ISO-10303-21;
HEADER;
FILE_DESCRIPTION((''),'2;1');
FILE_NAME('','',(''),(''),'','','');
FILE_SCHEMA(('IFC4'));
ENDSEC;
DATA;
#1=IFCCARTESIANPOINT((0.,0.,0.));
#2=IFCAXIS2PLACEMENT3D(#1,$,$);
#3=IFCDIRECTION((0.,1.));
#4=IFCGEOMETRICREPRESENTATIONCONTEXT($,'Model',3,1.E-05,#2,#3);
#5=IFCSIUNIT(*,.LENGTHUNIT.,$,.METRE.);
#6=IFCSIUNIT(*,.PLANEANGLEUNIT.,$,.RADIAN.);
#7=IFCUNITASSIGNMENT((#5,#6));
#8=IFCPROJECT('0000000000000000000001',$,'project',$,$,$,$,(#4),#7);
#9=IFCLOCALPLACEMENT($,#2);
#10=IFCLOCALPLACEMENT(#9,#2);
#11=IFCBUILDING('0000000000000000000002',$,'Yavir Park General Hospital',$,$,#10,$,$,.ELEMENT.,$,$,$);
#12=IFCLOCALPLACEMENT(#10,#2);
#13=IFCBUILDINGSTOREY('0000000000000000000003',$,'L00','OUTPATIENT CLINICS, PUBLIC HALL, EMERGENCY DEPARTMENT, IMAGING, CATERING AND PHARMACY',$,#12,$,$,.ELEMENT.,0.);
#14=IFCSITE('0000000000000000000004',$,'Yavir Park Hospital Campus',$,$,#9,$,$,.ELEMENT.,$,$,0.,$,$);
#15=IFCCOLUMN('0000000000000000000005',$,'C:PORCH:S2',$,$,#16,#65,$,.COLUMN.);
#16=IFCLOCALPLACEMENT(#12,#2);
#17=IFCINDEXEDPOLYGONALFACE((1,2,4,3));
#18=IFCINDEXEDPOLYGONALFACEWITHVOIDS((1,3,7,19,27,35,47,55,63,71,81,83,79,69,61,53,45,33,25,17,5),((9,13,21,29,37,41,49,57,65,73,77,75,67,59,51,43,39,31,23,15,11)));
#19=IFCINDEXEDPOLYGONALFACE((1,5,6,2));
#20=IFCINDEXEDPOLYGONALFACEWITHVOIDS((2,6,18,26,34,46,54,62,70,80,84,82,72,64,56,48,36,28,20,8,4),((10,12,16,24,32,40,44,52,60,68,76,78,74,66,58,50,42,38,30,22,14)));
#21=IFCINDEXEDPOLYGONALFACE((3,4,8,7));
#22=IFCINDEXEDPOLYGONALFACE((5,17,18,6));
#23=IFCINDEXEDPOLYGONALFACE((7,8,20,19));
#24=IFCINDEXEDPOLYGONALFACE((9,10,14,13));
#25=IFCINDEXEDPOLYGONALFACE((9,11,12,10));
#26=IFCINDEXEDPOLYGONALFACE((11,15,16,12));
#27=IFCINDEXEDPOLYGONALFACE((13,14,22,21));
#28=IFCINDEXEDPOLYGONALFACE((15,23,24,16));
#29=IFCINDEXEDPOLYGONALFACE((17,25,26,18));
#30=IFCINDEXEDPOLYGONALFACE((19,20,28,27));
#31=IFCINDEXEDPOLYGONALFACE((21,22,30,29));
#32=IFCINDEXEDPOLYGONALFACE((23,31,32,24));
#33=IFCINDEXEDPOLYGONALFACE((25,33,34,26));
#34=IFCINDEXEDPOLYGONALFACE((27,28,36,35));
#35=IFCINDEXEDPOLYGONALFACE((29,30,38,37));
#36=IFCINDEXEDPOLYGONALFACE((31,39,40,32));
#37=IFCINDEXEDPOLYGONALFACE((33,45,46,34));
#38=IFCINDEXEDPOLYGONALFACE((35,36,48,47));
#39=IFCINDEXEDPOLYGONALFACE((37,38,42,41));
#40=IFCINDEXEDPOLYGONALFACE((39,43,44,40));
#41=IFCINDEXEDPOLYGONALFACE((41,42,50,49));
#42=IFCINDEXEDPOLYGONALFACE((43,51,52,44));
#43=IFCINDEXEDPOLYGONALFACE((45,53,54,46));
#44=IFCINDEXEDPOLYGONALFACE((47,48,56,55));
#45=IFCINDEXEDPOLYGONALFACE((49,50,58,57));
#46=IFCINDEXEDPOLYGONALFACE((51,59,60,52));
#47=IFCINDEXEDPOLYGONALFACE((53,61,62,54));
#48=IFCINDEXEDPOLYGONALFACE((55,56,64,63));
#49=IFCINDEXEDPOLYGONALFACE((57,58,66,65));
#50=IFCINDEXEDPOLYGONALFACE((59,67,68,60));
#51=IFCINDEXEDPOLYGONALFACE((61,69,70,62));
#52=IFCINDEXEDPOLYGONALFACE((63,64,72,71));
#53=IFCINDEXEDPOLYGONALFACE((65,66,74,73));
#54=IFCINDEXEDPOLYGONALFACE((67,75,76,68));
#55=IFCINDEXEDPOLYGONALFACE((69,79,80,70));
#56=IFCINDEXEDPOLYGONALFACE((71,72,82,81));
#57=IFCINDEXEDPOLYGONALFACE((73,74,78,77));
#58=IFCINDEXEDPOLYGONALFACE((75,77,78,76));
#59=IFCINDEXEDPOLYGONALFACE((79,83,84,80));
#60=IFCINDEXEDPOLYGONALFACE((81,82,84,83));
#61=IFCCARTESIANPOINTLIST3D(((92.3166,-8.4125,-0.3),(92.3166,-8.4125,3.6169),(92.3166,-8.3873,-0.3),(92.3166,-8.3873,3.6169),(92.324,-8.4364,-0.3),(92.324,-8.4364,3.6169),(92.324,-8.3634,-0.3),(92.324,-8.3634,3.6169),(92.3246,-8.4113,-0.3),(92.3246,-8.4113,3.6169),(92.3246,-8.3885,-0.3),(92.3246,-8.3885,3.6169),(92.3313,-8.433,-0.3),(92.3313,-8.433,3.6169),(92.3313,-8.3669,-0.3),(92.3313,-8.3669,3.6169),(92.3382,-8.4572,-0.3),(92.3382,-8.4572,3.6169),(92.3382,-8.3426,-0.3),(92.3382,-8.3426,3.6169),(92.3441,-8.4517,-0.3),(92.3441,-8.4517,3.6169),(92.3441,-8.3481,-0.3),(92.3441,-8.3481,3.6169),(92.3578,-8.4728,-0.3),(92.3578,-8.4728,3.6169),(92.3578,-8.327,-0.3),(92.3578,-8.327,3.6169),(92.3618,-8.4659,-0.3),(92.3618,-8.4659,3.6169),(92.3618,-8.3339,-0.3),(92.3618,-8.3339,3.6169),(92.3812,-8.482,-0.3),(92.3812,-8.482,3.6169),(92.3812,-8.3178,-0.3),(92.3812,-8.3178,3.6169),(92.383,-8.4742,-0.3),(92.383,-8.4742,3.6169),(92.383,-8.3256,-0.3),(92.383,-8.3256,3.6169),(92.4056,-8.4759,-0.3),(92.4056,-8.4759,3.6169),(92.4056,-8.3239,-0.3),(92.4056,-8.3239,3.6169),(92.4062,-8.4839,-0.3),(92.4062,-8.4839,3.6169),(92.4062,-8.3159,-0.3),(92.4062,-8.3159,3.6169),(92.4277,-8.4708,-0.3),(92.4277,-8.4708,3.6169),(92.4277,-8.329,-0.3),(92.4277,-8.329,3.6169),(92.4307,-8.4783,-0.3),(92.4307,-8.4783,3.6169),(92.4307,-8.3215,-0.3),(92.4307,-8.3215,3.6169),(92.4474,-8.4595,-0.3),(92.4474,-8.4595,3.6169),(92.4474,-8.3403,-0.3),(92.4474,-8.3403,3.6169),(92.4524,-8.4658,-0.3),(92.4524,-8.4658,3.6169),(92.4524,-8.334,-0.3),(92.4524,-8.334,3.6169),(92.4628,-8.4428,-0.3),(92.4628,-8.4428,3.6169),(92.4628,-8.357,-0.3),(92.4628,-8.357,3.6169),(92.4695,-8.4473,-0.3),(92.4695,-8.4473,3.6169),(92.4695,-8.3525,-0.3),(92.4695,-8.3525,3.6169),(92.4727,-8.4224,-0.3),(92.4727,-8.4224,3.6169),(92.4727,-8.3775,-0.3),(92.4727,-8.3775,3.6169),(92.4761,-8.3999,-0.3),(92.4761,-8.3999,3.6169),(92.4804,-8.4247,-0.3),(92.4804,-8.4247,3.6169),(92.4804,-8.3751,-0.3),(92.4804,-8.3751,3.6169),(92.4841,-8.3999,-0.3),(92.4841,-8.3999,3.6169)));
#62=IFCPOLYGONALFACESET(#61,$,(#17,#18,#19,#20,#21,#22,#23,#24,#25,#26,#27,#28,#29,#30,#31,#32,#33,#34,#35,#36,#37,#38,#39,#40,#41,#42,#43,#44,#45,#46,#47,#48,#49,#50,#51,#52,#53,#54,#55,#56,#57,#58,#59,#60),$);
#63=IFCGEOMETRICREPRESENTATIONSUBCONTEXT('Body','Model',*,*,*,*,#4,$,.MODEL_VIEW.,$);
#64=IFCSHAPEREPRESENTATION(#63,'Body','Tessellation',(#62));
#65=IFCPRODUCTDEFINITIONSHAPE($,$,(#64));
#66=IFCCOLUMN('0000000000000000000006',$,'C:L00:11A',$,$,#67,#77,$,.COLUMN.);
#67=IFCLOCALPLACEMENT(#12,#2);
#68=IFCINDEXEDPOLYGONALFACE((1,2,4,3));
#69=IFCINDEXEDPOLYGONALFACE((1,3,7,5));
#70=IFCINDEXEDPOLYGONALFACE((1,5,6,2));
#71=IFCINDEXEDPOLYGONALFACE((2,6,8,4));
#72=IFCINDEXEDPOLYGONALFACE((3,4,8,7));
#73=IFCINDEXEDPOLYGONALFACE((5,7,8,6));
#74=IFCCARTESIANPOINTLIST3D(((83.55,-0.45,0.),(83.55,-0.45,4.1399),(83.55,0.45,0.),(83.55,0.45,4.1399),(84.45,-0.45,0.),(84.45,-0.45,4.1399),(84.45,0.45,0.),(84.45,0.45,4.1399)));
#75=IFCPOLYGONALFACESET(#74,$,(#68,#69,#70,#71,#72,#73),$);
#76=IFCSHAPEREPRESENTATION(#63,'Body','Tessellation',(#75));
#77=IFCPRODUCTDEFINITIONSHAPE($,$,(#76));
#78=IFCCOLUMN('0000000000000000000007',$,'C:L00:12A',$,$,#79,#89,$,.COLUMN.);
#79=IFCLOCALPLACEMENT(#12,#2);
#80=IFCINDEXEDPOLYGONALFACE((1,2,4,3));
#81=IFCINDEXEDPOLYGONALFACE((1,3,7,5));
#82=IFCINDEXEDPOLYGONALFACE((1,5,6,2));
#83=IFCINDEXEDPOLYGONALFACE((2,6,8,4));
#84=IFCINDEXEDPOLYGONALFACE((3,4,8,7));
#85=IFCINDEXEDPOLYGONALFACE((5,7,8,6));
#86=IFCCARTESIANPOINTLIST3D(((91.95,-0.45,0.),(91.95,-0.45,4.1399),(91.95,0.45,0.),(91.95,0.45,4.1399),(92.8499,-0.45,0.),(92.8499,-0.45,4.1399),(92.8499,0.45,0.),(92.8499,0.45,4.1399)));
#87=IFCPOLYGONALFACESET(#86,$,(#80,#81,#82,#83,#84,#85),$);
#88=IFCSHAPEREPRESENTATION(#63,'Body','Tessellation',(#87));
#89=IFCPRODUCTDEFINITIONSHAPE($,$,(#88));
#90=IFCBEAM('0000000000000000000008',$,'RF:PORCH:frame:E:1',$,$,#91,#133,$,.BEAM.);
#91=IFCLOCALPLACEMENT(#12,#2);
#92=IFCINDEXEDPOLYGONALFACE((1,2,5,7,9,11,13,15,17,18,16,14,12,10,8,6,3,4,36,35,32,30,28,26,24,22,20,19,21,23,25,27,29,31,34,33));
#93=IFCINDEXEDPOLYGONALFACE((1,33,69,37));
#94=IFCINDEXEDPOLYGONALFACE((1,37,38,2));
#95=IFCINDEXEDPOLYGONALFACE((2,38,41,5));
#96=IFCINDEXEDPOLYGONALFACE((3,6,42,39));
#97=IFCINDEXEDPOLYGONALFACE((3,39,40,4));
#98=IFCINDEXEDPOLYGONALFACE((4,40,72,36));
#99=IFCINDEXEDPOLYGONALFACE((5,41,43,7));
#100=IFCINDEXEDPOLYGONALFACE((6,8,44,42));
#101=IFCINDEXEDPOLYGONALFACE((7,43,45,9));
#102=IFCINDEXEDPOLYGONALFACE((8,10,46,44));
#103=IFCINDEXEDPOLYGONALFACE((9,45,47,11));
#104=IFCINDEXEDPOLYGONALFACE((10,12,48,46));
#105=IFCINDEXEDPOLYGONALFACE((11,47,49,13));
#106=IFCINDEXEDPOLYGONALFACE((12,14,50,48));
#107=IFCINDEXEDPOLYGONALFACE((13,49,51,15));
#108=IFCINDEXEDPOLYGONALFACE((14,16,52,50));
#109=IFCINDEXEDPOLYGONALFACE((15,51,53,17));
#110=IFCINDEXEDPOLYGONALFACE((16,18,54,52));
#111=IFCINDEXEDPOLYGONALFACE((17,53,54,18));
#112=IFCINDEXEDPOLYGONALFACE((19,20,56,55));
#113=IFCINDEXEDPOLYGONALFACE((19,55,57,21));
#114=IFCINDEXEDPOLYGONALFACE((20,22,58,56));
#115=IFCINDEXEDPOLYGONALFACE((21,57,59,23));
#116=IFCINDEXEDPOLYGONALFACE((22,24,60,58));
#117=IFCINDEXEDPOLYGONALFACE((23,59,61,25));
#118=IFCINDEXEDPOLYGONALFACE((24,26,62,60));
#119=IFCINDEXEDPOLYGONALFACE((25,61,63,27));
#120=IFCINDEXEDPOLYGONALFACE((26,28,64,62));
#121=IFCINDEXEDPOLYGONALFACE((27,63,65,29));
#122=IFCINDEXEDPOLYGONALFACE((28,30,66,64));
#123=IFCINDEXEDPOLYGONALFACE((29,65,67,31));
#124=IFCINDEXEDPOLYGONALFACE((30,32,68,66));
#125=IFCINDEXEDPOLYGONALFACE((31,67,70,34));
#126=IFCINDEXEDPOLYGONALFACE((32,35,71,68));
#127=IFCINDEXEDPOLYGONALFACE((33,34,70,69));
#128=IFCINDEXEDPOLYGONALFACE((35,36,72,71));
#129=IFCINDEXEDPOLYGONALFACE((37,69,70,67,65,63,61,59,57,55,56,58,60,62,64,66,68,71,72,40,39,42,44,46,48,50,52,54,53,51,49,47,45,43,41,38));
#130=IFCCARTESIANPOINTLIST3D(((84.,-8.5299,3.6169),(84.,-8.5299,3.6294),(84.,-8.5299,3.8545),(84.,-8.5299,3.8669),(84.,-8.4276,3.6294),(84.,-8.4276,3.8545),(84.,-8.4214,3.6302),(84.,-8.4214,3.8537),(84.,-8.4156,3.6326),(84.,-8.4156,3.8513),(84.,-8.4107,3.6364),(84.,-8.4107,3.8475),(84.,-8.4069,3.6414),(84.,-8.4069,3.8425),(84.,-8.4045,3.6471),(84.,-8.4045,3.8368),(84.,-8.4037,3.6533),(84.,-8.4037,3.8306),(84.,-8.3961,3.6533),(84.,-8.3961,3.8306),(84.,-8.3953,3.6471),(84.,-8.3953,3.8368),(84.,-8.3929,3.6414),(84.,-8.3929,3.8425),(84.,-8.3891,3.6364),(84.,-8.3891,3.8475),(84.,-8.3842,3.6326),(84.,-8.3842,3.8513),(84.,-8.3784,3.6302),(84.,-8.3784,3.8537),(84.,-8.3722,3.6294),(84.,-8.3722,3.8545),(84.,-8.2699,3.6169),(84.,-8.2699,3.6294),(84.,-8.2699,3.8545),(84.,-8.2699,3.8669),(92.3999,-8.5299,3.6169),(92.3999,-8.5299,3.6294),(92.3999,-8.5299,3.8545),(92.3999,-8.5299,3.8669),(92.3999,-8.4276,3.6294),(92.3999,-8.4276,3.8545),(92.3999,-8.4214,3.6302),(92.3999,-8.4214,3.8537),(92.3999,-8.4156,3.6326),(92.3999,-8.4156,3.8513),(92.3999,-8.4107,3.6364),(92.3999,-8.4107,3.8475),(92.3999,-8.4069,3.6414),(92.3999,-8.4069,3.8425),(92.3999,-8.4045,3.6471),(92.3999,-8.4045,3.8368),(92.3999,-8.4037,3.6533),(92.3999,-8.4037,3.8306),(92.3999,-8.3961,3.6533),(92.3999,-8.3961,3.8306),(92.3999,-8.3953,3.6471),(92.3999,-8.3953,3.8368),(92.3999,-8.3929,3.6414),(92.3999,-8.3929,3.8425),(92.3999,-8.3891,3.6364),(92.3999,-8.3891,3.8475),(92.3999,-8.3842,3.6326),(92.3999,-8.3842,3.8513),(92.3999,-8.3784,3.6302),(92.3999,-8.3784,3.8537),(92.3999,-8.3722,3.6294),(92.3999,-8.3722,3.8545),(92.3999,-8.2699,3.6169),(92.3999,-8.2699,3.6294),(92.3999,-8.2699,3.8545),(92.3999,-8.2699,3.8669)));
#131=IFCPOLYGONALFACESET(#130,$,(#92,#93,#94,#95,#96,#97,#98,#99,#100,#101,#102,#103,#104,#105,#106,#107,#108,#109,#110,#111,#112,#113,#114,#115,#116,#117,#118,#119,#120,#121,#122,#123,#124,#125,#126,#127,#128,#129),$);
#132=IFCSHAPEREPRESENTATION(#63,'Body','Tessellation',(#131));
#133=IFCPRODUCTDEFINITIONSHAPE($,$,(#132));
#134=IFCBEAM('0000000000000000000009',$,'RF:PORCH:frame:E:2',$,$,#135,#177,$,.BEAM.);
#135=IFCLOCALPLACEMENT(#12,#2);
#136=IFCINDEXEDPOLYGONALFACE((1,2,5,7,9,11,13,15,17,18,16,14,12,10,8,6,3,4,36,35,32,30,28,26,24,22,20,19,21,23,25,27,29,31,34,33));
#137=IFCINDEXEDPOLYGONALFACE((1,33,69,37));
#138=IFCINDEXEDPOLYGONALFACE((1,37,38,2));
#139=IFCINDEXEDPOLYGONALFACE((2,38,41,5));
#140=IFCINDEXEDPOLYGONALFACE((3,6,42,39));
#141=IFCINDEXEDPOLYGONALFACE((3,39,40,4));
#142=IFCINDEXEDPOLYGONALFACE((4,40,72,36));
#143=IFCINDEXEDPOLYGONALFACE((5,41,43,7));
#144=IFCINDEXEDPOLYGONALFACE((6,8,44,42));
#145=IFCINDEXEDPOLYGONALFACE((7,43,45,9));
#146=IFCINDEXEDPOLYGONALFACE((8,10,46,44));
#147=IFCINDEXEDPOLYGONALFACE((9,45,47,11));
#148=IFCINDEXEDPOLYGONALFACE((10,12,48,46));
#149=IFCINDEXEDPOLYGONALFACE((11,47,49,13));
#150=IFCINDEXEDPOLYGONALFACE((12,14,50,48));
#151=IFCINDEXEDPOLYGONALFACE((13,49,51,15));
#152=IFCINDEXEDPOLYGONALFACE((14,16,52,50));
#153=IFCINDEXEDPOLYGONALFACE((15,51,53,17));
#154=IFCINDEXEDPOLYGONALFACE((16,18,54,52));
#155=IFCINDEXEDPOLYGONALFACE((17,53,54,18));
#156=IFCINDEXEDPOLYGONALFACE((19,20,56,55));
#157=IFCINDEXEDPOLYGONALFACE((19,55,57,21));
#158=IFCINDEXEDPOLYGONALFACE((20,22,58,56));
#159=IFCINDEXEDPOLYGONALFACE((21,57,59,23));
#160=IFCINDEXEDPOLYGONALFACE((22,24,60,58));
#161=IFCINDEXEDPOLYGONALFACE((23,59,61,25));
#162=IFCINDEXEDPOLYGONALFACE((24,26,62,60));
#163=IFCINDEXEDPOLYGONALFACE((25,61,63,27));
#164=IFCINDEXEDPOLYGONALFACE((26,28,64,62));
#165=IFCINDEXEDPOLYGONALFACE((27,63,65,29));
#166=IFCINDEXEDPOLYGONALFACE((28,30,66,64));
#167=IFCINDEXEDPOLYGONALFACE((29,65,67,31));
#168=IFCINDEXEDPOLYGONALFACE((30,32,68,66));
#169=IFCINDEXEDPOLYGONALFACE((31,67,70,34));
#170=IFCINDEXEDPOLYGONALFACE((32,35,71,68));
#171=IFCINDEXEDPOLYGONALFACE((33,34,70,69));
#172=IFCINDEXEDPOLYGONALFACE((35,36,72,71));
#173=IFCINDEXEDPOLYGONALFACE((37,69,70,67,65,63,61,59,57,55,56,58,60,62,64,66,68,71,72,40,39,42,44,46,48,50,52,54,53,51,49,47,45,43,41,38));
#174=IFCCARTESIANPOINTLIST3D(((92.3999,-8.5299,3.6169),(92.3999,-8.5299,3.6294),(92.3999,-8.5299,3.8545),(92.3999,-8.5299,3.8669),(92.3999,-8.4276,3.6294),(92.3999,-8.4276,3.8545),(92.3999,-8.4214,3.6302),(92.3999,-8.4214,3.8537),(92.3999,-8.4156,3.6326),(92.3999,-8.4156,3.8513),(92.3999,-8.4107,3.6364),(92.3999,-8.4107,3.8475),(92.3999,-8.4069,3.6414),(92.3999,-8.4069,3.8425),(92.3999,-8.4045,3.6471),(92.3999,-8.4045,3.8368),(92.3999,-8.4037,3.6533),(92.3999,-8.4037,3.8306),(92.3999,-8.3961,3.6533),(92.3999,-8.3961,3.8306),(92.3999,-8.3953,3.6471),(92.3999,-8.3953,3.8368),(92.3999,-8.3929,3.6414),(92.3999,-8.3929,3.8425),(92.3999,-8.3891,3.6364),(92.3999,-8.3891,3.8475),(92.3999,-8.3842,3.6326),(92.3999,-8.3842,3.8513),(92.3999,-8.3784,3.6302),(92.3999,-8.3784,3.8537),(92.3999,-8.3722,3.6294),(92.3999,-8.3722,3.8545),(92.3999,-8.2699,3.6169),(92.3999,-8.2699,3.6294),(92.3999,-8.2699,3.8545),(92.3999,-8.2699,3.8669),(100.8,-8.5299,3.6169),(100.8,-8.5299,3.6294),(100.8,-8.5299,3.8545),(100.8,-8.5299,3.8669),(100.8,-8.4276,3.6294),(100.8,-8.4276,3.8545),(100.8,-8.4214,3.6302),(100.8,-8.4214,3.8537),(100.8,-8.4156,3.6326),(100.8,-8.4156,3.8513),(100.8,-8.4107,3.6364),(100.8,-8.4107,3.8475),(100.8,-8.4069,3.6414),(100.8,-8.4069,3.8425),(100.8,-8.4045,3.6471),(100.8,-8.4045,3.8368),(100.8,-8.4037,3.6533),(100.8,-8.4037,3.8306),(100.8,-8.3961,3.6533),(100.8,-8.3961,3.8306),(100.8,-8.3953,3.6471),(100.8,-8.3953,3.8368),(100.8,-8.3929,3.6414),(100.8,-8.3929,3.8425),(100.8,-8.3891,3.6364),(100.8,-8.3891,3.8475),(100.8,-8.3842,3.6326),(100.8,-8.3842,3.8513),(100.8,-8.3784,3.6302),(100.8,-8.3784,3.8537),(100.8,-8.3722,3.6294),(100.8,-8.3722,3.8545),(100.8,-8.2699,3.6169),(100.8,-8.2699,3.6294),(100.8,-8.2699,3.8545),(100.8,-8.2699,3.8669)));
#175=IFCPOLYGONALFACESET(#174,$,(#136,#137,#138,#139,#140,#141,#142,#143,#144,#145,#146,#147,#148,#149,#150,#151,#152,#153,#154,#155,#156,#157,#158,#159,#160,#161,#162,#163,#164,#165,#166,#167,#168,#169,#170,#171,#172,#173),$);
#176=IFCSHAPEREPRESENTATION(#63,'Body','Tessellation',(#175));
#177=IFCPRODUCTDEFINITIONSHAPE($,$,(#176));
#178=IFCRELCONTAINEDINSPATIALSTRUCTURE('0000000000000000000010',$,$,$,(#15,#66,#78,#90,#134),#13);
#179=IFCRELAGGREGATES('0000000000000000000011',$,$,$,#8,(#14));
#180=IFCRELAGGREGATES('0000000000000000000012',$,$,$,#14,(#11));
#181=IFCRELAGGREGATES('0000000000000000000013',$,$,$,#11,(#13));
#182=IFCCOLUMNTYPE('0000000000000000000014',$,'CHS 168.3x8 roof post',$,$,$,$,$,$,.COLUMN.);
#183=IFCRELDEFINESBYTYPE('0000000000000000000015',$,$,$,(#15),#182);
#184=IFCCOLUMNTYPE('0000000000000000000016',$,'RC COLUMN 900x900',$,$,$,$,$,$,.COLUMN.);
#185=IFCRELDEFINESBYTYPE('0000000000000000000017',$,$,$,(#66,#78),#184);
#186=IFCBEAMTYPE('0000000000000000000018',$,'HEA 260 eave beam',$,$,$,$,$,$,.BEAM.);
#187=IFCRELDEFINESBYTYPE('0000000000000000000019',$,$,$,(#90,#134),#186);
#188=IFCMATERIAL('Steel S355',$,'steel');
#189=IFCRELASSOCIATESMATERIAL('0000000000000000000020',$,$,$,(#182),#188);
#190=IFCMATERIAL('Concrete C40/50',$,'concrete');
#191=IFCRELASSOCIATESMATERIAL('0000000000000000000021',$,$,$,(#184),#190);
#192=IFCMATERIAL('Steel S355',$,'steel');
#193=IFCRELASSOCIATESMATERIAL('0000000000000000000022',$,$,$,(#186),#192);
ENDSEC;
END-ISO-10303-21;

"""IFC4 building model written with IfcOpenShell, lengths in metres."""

from ifc_helpers import new_model, si_unit, direction, frame, origin, origin_2d, place, context, subcontext, project, spatial, rectangle, hollow_circle, i_section, extrude, material, material_profile, profile_set, type_object, element, save


model = new_model("IFC4")

# Units and contexts
model_context = context("Model", 3, precision=1e-05, world=origin(), true_north=direction((0.0, 1.0)))
body_context = subcontext(model_context, "Body", "Model", "MODEL_VIEW")
ifc_project = project(units=[si_unit("LENGTHUNIT", "METRE"), si_unit("PLANEANGLEUNIT", "RADIAN")], contexts=[model_context])

# Site, building, storey
site_placement = place(None, origin())
site = spatial("IfcSite", under=ifc_project, at=site_placement, Name="Yavir Park Hospital Campus", CompositionType="ELEMENT", RefElevation=0.0)
building_placement = place(site_placement, origin())
building = spatial("IfcBuilding", under=site, at=building_placement, Name="Yavir Park General Hospital", CompositionType="ELEMENT")
storey_placement = place(building_placement, origin())
storey = spatial("IfcBuildingStorey", under=building, at=storey_placement, Name="L00", Description="OUTPATIENT CLINICS, PUBLIC HALL, EMERGENCY DEPARTMENT, IMAGING, CATERING AND PHARMACY", CompositionType="ELEMENT", Elevation=0.0)

# Columns
ifc_material_1 = material(Name="Steel S355", Category="steel")
ifc_material_profile_1 = material_profile(ifc_material_1, hollow_circle(Radius=0.0842, WallThickness=0.0081, at=origin_2d()), Name="CHS168.3x8")
ifc_profile_set_1 = profile_set([ifc_material_profile_1], Name="Steel S355")
column_type_1 = type_object("IfcColumnType", Name="CHS 168.3x8 roof post", PredefinedType="COLUMN", material=ifc_profile_set_1)
for number, where, z_axis, x_axis, name in (
    (1, (92.3999, -8.3999, -0.3), (0.0, 0.0, 1.0), (1.0, 0.0, 0.0), "C:PORCH:S2"),
):
    element("IfcColumn", number, at=place(storey_placement, frame(where, z_axis=z_axis, x_axis=x_axis)), inside=storey, type_object=column_type_1, Name=name, PredefinedType="COLUMN", context=body_context, shape_type="SweptSolid", body=[
        extrude(hollow_circle(Radius=0.0842, WallThickness=0.0081, at=origin_2d()), origin(), (0.0, 0.0, 1.0), 3.917),
    ])
ifc_material_2 = material(Name="Concrete C40/50", Category="concrete")
ifc_material_profile_2 = material_profile(ifc_material_2, rectangle(XDim=0.8999, YDim=0.8999, at=origin_2d()), Name="RC900x900")
ifc_profile_set_2 = profile_set([ifc_material_profile_2], Name="Concrete C40/50")
column_type_2 = type_object("IfcColumnType", Name="RC COLUMN 900x900", PredefinedType="COLUMN", material=ifc_profile_set_2)
for number, where, z_axis, x_axis, name in (
    (2, (84.0, 0.0, 0.0), (0.0, 0.0, 1.0), (1.0, 0.0, 0.0), "C:L00:11A"),
    (3, (92.3999, 0.0, 0.0), (0.0, 0.0, 1.0), (1.0, 0.0, 0.0), "C:L00:12A"),
):
    element("IfcColumn", number, at=place(storey_placement, frame(where, z_axis=z_axis, x_axis=x_axis)), inside=storey, type_object=column_type_2, Name=name, PredefinedType="COLUMN", context=body_context, shape_type="SweptSolid", body=[
        extrude(rectangle(XDim=0.8999, YDim=0.8999, at=origin_2d()), origin(), (0.0, 0.0, 1.0), 4.1399),
    ])

# Beams
ifc_material_3 = material(Name="Steel S355", Category="steel")
ifc_material_profile_3 = material_profile(ifc_material_3, i_section(OverallWidth=0.26, OverallDepth=0.25, WebThickness=0.0076, FlangeThickness=0.0125, FilletRadius=0.0239, at=origin_2d()), Name="HEA260")
ifc_profile_set_3 = profile_set([ifc_material_profile_3], Name="Steel S355")
beam_type_1 = type_object("IfcBeamType", Name="HEA 260 eave beam", PredefinedType="BEAM", material=ifc_profile_set_3)
beam_1_placement = place(storey_placement, frame((84.0, -8.3999, 3.7419), z_axis=(1.0, 0.0, 0.0), x_axis=(0.0, 1.0, 0.0)))
element("IfcBeam", 4, at=beam_1_placement, inside=storey, type_object=beam_type_1, Name="RF:PORCH:frame:E:1", PredefinedType="BEAM", context=body_context, shape_type="SweptSolid", body=[
    extrude(i_section(OverallWidth=0.26, OverallDepth=0.25, WebThickness=0.0076, FlangeThickness=0.0125, FilletRadius=0.0239, at=origin_2d()), origin(), (0.0, 0.0, 1.0), 8.3999),
])
beam_2_placement = place(storey_placement, frame((92.3999, -8.3999, 3.7419), z_axis=(1.0, 0.0, 0.0), x_axis=(0.0, 1.0, 0.0)))
element("IfcBeam", 5, at=beam_2_placement, inside=storey, type_object=beam_type_1, Name="RF:PORCH:frame:E:2", PredefinedType="BEAM", context=body_context, shape_type="SweptSolid", body=[
    extrude(i_section(OverallWidth=0.26, OverallDepth=0.25, WebThickness=0.0076, FlangeThickness=0.0125, FilletRadius=0.0239, at=origin_2d()), origin(), (0.0, 0.0, 1.0), 8.4001),
])

save(model, "model.ifc")
